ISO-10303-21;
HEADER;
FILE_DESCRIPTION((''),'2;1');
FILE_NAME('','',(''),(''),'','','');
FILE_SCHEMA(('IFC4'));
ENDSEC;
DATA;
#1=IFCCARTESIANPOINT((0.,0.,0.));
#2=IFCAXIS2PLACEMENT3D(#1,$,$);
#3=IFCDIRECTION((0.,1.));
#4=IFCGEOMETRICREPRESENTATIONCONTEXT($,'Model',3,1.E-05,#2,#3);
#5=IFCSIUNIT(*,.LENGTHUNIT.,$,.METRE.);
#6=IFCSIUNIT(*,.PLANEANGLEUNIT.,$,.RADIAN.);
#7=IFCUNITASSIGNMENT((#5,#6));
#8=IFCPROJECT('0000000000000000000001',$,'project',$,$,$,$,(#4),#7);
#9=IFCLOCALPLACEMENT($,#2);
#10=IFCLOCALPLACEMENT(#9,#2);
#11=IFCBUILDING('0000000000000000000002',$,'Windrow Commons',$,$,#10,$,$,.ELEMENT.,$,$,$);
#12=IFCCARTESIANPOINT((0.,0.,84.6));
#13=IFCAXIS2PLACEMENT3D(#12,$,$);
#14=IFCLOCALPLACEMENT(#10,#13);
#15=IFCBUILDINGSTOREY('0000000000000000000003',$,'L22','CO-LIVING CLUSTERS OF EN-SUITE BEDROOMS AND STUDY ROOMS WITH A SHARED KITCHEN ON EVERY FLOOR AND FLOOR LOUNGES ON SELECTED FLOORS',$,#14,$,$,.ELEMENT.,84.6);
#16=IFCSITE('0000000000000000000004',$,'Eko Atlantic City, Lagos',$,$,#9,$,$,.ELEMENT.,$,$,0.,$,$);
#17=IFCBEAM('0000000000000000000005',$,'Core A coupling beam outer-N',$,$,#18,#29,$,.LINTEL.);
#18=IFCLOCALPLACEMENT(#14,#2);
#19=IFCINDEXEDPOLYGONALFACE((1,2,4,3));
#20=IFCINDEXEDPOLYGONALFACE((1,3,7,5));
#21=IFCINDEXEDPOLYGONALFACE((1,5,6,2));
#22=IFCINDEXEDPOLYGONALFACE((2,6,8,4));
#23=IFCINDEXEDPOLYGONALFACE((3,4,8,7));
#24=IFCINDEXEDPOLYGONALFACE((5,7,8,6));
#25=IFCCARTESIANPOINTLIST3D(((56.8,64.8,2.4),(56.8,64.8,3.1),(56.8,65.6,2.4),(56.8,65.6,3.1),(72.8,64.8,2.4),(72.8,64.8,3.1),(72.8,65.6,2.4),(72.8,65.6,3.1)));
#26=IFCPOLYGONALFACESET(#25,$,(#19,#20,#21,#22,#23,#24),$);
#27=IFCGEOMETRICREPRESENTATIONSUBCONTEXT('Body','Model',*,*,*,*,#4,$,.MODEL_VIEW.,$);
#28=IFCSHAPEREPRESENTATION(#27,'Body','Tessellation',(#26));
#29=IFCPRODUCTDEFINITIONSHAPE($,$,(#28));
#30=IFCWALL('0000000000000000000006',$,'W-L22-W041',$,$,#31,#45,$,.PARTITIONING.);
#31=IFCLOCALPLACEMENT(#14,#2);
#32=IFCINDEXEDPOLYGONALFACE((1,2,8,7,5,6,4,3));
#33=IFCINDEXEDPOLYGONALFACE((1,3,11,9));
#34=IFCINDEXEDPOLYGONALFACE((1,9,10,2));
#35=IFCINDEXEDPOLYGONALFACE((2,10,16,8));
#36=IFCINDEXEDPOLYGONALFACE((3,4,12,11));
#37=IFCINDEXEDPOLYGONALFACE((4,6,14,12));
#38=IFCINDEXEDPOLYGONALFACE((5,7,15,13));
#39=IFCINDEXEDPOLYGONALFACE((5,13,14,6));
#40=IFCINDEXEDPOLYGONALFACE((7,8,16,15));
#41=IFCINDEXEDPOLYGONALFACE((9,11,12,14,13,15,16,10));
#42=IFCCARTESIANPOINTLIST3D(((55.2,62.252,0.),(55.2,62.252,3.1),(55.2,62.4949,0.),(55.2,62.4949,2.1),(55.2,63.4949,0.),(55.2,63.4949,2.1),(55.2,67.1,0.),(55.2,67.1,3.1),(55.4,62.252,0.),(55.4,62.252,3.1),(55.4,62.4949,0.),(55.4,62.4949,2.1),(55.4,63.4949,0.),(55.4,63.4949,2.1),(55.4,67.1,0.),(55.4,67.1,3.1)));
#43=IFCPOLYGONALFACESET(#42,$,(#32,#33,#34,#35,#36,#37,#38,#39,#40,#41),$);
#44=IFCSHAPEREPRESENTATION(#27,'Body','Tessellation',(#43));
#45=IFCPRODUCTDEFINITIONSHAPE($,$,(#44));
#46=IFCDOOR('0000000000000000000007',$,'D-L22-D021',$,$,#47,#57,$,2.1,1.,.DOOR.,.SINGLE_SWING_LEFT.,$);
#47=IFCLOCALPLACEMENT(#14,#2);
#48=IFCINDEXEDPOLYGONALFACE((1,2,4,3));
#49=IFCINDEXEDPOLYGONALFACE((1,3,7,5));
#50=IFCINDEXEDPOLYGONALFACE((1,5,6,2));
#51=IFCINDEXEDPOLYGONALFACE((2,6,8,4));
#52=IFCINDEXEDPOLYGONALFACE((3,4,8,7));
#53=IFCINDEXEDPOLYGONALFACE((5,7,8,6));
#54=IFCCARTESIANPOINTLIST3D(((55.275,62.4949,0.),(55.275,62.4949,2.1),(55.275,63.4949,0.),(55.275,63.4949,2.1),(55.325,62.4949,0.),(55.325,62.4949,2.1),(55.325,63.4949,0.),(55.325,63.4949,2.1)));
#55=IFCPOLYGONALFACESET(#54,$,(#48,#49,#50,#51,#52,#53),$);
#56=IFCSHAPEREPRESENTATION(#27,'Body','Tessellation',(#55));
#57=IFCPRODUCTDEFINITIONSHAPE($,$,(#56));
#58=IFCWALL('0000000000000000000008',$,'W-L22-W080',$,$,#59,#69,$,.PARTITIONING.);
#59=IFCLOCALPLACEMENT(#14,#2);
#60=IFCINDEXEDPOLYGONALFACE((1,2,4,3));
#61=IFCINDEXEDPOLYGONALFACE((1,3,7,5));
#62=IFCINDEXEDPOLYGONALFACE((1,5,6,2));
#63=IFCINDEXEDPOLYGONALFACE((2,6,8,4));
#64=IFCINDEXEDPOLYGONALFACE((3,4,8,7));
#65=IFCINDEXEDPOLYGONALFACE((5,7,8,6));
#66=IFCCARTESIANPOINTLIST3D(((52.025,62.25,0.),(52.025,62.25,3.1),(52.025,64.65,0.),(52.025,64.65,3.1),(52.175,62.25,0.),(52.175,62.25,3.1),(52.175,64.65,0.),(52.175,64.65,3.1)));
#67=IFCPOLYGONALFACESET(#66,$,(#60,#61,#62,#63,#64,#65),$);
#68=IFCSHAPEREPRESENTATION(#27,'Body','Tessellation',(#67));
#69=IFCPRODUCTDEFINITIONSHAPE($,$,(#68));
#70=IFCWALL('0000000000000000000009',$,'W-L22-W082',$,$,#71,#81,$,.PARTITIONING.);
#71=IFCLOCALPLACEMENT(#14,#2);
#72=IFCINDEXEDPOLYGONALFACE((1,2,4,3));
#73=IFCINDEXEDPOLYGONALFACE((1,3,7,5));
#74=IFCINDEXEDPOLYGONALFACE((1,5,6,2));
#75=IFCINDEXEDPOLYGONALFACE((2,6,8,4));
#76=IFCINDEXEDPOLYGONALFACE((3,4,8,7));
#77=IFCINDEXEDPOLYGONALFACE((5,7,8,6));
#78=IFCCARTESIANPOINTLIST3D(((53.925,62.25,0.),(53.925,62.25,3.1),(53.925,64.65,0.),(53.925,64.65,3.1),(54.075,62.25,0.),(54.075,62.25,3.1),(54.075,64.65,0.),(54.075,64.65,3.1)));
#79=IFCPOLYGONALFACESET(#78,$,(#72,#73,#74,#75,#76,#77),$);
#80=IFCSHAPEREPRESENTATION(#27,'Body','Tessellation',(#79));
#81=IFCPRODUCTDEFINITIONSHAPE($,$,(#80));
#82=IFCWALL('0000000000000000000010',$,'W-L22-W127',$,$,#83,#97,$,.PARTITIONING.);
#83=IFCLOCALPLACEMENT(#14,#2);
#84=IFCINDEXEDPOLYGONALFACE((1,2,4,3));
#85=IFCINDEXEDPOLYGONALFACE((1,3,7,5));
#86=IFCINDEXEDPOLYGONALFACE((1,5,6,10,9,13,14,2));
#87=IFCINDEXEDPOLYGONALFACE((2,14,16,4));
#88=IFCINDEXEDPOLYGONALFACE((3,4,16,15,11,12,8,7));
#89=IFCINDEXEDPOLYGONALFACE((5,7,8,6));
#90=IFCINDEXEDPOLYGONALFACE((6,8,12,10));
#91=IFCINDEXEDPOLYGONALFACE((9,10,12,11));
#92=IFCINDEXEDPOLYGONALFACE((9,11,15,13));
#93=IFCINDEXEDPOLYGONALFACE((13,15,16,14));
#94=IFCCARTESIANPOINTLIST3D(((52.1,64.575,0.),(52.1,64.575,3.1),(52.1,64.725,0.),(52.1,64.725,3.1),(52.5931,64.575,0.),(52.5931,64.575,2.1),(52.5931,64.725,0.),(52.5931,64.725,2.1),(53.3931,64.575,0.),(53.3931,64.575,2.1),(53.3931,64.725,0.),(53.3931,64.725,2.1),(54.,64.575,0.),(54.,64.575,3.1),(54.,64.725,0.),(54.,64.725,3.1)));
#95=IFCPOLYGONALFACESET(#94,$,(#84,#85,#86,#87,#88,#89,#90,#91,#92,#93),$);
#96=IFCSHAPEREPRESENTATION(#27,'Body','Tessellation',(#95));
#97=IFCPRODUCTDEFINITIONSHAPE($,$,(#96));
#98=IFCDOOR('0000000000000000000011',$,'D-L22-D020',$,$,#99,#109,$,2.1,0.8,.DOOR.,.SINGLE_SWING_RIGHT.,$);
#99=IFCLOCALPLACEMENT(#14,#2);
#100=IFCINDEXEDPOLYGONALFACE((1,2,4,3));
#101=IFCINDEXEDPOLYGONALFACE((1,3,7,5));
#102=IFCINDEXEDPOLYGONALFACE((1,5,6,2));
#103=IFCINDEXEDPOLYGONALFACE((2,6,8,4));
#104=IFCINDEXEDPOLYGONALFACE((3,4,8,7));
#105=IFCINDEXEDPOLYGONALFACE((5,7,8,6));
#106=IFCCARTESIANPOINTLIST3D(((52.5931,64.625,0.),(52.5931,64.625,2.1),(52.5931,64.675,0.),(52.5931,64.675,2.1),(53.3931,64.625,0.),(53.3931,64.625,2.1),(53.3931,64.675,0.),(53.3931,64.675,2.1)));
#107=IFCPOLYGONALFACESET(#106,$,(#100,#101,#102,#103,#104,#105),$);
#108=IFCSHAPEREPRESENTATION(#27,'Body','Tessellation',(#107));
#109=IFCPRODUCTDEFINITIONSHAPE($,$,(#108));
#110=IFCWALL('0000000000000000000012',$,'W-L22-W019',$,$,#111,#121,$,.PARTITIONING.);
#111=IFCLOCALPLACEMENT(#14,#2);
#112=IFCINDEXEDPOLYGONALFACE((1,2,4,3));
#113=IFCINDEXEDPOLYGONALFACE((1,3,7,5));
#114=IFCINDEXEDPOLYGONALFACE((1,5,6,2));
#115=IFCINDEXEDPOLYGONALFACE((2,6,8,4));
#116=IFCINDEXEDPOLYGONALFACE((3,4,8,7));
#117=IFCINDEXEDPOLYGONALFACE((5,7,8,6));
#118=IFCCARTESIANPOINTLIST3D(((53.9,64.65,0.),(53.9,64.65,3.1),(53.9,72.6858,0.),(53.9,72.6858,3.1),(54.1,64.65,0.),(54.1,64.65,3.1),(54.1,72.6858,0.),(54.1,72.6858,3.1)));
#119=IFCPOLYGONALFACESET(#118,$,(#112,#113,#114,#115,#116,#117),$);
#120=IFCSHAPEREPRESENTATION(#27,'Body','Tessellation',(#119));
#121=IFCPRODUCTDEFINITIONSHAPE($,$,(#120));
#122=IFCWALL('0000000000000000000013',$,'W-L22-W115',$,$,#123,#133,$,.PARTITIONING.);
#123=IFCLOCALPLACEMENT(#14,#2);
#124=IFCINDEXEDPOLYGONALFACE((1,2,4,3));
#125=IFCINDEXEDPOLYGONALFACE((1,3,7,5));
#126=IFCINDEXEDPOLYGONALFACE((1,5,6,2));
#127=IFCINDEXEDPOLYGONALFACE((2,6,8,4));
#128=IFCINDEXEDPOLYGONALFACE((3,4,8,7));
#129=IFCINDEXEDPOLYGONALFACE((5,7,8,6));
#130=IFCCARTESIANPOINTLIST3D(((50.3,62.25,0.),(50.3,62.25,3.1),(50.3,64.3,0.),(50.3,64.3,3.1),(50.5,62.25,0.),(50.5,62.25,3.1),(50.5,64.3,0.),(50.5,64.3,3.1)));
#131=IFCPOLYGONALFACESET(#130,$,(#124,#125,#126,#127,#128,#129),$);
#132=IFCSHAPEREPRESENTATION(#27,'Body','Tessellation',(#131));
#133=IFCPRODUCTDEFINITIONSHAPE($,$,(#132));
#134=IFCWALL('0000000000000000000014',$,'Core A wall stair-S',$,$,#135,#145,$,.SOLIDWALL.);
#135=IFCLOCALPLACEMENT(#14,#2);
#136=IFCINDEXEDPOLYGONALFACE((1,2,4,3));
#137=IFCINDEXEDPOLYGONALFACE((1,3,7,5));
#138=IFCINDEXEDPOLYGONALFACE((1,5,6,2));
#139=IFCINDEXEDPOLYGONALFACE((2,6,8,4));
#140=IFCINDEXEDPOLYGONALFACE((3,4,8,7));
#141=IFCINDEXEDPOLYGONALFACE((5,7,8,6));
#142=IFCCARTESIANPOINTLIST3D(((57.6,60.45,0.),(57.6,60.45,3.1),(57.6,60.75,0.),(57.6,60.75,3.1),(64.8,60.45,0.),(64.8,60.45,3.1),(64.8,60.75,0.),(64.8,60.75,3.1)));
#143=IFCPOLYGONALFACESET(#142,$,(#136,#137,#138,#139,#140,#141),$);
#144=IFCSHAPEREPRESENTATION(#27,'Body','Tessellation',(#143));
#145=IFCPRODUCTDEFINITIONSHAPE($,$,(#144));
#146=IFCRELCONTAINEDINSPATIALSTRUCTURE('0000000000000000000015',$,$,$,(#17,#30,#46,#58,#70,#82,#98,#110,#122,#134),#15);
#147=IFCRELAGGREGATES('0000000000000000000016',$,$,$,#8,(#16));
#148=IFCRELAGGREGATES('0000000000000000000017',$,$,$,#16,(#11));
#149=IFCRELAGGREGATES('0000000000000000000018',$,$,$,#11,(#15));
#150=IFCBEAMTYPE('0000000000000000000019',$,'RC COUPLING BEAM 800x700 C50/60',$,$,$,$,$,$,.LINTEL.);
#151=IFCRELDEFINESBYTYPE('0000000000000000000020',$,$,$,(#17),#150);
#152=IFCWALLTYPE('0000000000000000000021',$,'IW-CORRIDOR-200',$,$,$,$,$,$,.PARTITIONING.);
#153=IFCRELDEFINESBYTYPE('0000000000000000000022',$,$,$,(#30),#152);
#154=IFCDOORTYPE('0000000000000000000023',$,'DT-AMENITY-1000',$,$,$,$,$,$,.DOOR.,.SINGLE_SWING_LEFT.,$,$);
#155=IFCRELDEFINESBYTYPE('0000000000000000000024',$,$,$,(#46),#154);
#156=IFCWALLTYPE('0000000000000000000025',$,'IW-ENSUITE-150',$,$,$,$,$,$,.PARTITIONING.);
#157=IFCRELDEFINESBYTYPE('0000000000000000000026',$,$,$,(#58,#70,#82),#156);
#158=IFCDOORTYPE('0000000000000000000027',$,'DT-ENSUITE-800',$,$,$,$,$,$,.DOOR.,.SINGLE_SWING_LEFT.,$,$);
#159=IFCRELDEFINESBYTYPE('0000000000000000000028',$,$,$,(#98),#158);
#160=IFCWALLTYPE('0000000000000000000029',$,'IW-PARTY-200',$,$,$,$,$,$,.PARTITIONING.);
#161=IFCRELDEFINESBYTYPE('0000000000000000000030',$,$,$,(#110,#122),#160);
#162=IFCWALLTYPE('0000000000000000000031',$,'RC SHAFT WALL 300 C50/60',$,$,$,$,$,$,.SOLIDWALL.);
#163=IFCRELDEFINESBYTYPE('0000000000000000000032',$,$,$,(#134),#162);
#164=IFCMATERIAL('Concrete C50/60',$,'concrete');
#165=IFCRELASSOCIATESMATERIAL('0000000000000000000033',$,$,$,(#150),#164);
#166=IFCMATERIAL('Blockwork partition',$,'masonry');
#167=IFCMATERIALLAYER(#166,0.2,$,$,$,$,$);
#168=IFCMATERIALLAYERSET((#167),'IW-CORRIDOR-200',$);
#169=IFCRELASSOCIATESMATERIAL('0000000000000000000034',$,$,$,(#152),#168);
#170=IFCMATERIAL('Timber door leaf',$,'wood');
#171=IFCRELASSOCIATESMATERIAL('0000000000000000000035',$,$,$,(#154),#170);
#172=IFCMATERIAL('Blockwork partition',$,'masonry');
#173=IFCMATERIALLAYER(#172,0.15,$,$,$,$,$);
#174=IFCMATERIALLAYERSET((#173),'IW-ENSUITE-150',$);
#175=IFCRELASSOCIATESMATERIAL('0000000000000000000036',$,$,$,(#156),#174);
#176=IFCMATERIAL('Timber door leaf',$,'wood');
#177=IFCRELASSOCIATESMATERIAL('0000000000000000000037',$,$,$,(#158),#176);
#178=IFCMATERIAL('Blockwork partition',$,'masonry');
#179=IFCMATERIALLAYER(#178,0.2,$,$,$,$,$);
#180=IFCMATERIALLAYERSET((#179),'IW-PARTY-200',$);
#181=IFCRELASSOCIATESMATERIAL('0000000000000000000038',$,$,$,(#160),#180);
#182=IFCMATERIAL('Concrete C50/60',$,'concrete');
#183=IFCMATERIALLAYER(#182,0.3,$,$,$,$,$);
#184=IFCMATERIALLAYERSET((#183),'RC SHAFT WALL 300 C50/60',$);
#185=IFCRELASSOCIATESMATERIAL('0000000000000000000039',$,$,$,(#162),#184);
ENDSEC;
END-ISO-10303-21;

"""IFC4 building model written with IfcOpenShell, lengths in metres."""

from ifc_helpers import new_model, si_unit, direction, frame, frame_2d, origin, origin_2d, place, context, subcontext, project, spatial, rectangle, extrude, material, layer, layer_set, material_profile, profile_set, type_object, element, fill, save


model = new_model("IFC4")

# Units and contexts
model_context = context("Model", 3, precision=1e-05, world=origin(), true_north=direction((0.0, 1.0)))
body_context = subcontext(model_context, "Body", "Model", "MODEL_VIEW")
ifc_project = project(units=[si_unit("LENGTHUNIT", "METRE"), si_unit("PLANEANGLEUNIT", "RADIAN")], contexts=[model_context])

# Site, building, storey
site_placement = place(None, origin())
site = spatial("IfcSite", under=ifc_project, at=site_placement, Name="Eko Atlantic City, Lagos", CompositionType="ELEMENT", RefElevation=0.0)
building_placement = place(site_placement, origin())
building = spatial("IfcBuilding", under=site, at=building_placement, Name="Windrow Commons", CompositionType="ELEMENT")
storey_placement = place(building_placement, frame((0.0, 0.0, 84.6)))
storey = spatial("IfcBuildingStorey", under=building, at=storey_placement, Name="L22", Description="CO-LIVING CLUSTERS OF EN-SUITE BEDROOMS AND STUDY ROOMS WITH A SHARED KITCHEN ON EVERY FLOOR AND FLOOR LOUNGES ON SELECTED FLOORS", CompositionType="ELEMENT", Elevation=84.6)

# Beam
ifc_material_1 = material(Name="Concrete C50/60", Category="concrete")
ifc_material_profile = material_profile(ifc_material_1, rectangle(XDim=0.8, YDim=0.7, at=origin_2d()))
ifc_profile_set = profile_set([ifc_material_profile], Name="Concrete C50/60")
beam_type = type_object("IfcBeamType", Name="RC COUPLING BEAM 800x700 C50/60", PredefinedType="LINTEL", material=ifc_profile_set)
beam_placement = place(storey_placement, frame((56.8, 65.2, 2.75), z_axis=(1.0, 0.0, 0.0), x_axis=(0.0, 1.0, 0.0)))
element("IfcBeam", 1, at=beam_placement, inside=storey, type_object=beam_type, Name="Core A coupling beam outer-N", PredefinedType="LINTEL", context=body_context, shape_type="SweptSolid", body=[
    extrude(rectangle(XDim=0.8, YDim=0.7, at=origin_2d()), origin(), (0.0, 0.0, 1.0), 16.0),
])

# Wall, opening, door
ifc_material_2 = material(Name="Blockwork partition", Category="masonry")
ifc_layer_1 = layer(ifc_material_2, 0.2)
ifc_layer_set_1 = layer_set([ifc_layer_1], Name="IW-CORRIDOR-200")
wall_type_1 = type_object("IfcWallType", Name="IW-CORRIDOR-200", PredefinedType="PARTITIONING", material=ifc_layer_set_1)
wall_1_placement = place(storey_placement, frame((55.3, 62.252, 0.0), z_axis=(0.0, 0.0, 1.0), x_axis=(0.0, 1.0, 0.0)))
wall_1 = element("IfcWall", 2, at=wall_1_placement, inside=storey, type_object=wall_type_1, Name="W-L22-W041", PredefinedType="PARTITIONING", context=body_context, shape_type="SweptSolid", body=[
    extrude(rectangle(XDim=4.848, YDim=0.2, at=frame_2d((2.424, 0.0))), origin(), (0.0, 0.0, 1.0), 3.1),
])
opening_1_placement = place(wall_1_placement, frame((0.2429, 0.0, 0.0)))
opening_1 = element("IfcOpeningElement", 3, at=opening_1_placement, cuts=wall_1, PredefinedType="OPENING", context=body_context, shape_type="SweptSolid", body=[
    extrude(rectangle(XDim=1.0, YDim=2.1, at=frame_2d((0.5, 1.05))), frame((0.0, 0.11, 0.0), z_axis=(0.0, -1.0, 0.0), x_axis=(1.0, 0.0, 0.0)), (0.0, 0.0, 1.0), 0.22),
])
ifc_material_3 = material(Name="Timber door leaf", Category="wood")
door_type_1 = type_object("IfcDoorType", Name="DT-AMENITY-1000", OperationType="SINGLE_SWING_LEFT", PredefinedType="DOOR", material=ifc_material_3)
door_1_placement = place(opening_1_placement, origin())
door_1 = element("IfcDoor", 4, at=door_1_placement, inside=storey, type_object=door_type_1, Name="D-L22-D021", OperationType="SINGLE_SWING_LEFT", OverallHeight=2.1, OverallWidth=1.0, PredefinedType="DOOR", context=body_context, shape_type="SweptSolid", body=[
    extrude(rectangle(XDim=1.0, YDim=2.1, at=frame_2d((0.5, 1.05))), frame((0.0, 0.025, 0.0), z_axis=(0.0, -1.0, 0.0), x_axis=(1.0, 0.0, 0.0)), (0.0, 0.0, 1.0), 0.05),
])
fill(opening_1, door_1)

# Walls
ifc_material_4 = material(Name="Blockwork partition", Category="masonry")
ifc_layer_2 = layer(ifc_material_4, 0.15)
ifc_layer_set_2 = layer_set([ifc_layer_2], Name="IW-ENSUITE-150")
wall_type_2 = type_object("IfcWallType", Name="IW-ENSUITE-150", PredefinedType="PARTITIONING", material=ifc_layer_set_2)
for number, where, z_axis, x_axis, name in (
    (5, (52.1, 62.25, 0.0), (0.0, 0.0, 1.0), (0.0, 1.0, 0.0), "W-L22-W080"),
    (6, (54.0, 62.25, 0.0), (0.0, 0.0, 1.0), (0.0, 1.0, 0.0), "W-L22-W082"),
):
    element("IfcWall", number, at=place(storey_placement, frame(where, z_axis=z_axis, x_axis=x_axis)), inside=storey, type_object=wall_type_2, Name=name, PredefinedType="PARTITIONING", context=body_context, shape_type="SweptSolid", body=[
        extrude(rectangle(XDim=2.4, YDim=0.15, at=frame_2d((1.2, 0.0))), origin(), (0.0, 0.0, 1.0), 3.1),
    ])

# Wall, opening, door
wall_2_placement = place(storey_placement, frame((52.1, 64.65, 0.0), z_axis=(0.0, 0.0, 1.0), x_axis=(1.0, 0.0, 0.0)))
wall_2 = element("IfcWall", 7, at=wall_2_placement, inside=storey, type_object=wall_type_2, Name="W-L22-W127", PredefinedType="PARTITIONING", context=body_context, shape_type="SweptSolid", body=[
    extrude(rectangle(XDim=1.9, YDim=0.15, at=frame_2d((0.95, 0.0))), origin(), (0.0, 0.0, 1.0), 3.1),
])
opening_2_placement = place(wall_2_placement, frame((0.4931, 0.0, 0.0)))
opening_2 = element("IfcOpeningElement", 8, at=opening_2_placement, cuts=wall_2, PredefinedType="OPENING", context=body_context, shape_type="SweptSolid", body=[
    extrude(rectangle(XDim=0.8, YDim=2.1, at=frame_2d((0.4, 1.05))), frame((0.0, 0.085, 0.0), z_axis=(0.0, -1.0, 0.0), x_axis=(1.0, 0.0, 0.0)), (0.0, 0.0, 1.0), 0.17),
])
ifc_material_5 = material(Name="Timber door leaf", Category="wood")
door_type_2 = type_object("IfcDoorType", Name="DT-ENSUITE-800", OperationType="SINGLE_SWING_LEFT", PredefinedType="DOOR", material=ifc_material_5)
door_2_placement = place(opening_2_placement, origin())
door_2 = element("IfcDoor", 9, at=door_2_placement, inside=storey, type_object=door_type_2, Name="D-L22-D020", OperationType="SINGLE_SWING_RIGHT", OverallHeight=2.1, OverallWidth=0.8, PredefinedType="DOOR", context=body_context, shape_type="SweptSolid", body=[
    extrude(rectangle(XDim=0.8, YDim=2.1, at=frame_2d((0.4, 1.05))), frame((0.0, 0.025, 0.0), z_axis=(0.0, -1.0, 0.0), x_axis=(1.0, 0.0, 0.0)), (0.0, 0.0, 1.0), 0.05),
])
fill(opening_2, door_2)

# Walls
ifc_material_6 = material(Name="Blockwork partition", Category="masonry")
ifc_layer_3 = layer(ifc_material_6, 0.2)
ifc_layer_set_3 = layer_set([ifc_layer_3], Name="IW-PARTY-200")
wall_type_3 = type_object("IfcWallType", Name="IW-PARTY-200", PredefinedType="PARTITIONING", material=ifc_layer_set_3)
wall_3_placement = place(storey_placement, frame((54.0, 64.65, 0.0), z_axis=(0.0, 0.0, 1.0), x_axis=(0.0, 1.0, 0.0)))
element("IfcWall", 10, at=wall_3_placement, inside=storey, type_object=wall_type_3, Name="W-L22-W019", PredefinedType="PARTITIONING", context=body_context, shape_type="SweptSolid", body=[
    extrude(rectangle(XDim=8.0359, YDim=0.2, at=frame_2d((4.0179, 0.0))), origin(), (0.0, 0.0, 1.0), 3.1),
])
wall_4_placement = place(storey_placement, frame((50.4, 62.25, 0.0), z_axis=(0.0, 0.0, 1.0), x_axis=(0.0, 1.0, 0.0)))
element("IfcWall", 11, at=wall_4_placement, inside=storey, type_object=wall_type_3, Name="W-L22-W115", PredefinedType="PARTITIONING", context=body_context, shape_type="SweptSolid", body=[
    extrude(rectangle(XDim=2.05, YDim=0.2, at=frame_2d((1.025, 0.0))), origin(), (0.0, 0.0, 1.0), 3.1),
])
ifc_material_7 = material(Name="Concrete C50/60", Category="concrete")
ifc_layer_4 = layer(ifc_material_7, 0.3)
ifc_layer_set_4 = layer_set([ifc_layer_4], Name="RC SHAFT WALL 300 C50/60")
wall_type_4 = type_object("IfcWallType", Name="RC SHAFT WALL 300 C50/60", PredefinedType="SOLIDWALL", material=ifc_layer_set_4)
wall_5_placement = place(storey_placement, frame((57.6, 60.6, 0.0), z_axis=(0.0, 0.0, 1.0), x_axis=(1.0, 0.0, 0.0)))
element("IfcWall", 12, at=wall_5_placement, inside=storey, type_object=wall_type_4, Name="Core A wall stair-S", PredefinedType="SOLIDWALL", context=body_context, shape_type="SweptSolid", body=[
    extrude(rectangle(XDim=7.2, YDim=0.3, at=frame_2d((3.6, 0.0))), origin(), (0.0, 0.0, 1.0), 3.1),
])

save(model, "model.ifc")
